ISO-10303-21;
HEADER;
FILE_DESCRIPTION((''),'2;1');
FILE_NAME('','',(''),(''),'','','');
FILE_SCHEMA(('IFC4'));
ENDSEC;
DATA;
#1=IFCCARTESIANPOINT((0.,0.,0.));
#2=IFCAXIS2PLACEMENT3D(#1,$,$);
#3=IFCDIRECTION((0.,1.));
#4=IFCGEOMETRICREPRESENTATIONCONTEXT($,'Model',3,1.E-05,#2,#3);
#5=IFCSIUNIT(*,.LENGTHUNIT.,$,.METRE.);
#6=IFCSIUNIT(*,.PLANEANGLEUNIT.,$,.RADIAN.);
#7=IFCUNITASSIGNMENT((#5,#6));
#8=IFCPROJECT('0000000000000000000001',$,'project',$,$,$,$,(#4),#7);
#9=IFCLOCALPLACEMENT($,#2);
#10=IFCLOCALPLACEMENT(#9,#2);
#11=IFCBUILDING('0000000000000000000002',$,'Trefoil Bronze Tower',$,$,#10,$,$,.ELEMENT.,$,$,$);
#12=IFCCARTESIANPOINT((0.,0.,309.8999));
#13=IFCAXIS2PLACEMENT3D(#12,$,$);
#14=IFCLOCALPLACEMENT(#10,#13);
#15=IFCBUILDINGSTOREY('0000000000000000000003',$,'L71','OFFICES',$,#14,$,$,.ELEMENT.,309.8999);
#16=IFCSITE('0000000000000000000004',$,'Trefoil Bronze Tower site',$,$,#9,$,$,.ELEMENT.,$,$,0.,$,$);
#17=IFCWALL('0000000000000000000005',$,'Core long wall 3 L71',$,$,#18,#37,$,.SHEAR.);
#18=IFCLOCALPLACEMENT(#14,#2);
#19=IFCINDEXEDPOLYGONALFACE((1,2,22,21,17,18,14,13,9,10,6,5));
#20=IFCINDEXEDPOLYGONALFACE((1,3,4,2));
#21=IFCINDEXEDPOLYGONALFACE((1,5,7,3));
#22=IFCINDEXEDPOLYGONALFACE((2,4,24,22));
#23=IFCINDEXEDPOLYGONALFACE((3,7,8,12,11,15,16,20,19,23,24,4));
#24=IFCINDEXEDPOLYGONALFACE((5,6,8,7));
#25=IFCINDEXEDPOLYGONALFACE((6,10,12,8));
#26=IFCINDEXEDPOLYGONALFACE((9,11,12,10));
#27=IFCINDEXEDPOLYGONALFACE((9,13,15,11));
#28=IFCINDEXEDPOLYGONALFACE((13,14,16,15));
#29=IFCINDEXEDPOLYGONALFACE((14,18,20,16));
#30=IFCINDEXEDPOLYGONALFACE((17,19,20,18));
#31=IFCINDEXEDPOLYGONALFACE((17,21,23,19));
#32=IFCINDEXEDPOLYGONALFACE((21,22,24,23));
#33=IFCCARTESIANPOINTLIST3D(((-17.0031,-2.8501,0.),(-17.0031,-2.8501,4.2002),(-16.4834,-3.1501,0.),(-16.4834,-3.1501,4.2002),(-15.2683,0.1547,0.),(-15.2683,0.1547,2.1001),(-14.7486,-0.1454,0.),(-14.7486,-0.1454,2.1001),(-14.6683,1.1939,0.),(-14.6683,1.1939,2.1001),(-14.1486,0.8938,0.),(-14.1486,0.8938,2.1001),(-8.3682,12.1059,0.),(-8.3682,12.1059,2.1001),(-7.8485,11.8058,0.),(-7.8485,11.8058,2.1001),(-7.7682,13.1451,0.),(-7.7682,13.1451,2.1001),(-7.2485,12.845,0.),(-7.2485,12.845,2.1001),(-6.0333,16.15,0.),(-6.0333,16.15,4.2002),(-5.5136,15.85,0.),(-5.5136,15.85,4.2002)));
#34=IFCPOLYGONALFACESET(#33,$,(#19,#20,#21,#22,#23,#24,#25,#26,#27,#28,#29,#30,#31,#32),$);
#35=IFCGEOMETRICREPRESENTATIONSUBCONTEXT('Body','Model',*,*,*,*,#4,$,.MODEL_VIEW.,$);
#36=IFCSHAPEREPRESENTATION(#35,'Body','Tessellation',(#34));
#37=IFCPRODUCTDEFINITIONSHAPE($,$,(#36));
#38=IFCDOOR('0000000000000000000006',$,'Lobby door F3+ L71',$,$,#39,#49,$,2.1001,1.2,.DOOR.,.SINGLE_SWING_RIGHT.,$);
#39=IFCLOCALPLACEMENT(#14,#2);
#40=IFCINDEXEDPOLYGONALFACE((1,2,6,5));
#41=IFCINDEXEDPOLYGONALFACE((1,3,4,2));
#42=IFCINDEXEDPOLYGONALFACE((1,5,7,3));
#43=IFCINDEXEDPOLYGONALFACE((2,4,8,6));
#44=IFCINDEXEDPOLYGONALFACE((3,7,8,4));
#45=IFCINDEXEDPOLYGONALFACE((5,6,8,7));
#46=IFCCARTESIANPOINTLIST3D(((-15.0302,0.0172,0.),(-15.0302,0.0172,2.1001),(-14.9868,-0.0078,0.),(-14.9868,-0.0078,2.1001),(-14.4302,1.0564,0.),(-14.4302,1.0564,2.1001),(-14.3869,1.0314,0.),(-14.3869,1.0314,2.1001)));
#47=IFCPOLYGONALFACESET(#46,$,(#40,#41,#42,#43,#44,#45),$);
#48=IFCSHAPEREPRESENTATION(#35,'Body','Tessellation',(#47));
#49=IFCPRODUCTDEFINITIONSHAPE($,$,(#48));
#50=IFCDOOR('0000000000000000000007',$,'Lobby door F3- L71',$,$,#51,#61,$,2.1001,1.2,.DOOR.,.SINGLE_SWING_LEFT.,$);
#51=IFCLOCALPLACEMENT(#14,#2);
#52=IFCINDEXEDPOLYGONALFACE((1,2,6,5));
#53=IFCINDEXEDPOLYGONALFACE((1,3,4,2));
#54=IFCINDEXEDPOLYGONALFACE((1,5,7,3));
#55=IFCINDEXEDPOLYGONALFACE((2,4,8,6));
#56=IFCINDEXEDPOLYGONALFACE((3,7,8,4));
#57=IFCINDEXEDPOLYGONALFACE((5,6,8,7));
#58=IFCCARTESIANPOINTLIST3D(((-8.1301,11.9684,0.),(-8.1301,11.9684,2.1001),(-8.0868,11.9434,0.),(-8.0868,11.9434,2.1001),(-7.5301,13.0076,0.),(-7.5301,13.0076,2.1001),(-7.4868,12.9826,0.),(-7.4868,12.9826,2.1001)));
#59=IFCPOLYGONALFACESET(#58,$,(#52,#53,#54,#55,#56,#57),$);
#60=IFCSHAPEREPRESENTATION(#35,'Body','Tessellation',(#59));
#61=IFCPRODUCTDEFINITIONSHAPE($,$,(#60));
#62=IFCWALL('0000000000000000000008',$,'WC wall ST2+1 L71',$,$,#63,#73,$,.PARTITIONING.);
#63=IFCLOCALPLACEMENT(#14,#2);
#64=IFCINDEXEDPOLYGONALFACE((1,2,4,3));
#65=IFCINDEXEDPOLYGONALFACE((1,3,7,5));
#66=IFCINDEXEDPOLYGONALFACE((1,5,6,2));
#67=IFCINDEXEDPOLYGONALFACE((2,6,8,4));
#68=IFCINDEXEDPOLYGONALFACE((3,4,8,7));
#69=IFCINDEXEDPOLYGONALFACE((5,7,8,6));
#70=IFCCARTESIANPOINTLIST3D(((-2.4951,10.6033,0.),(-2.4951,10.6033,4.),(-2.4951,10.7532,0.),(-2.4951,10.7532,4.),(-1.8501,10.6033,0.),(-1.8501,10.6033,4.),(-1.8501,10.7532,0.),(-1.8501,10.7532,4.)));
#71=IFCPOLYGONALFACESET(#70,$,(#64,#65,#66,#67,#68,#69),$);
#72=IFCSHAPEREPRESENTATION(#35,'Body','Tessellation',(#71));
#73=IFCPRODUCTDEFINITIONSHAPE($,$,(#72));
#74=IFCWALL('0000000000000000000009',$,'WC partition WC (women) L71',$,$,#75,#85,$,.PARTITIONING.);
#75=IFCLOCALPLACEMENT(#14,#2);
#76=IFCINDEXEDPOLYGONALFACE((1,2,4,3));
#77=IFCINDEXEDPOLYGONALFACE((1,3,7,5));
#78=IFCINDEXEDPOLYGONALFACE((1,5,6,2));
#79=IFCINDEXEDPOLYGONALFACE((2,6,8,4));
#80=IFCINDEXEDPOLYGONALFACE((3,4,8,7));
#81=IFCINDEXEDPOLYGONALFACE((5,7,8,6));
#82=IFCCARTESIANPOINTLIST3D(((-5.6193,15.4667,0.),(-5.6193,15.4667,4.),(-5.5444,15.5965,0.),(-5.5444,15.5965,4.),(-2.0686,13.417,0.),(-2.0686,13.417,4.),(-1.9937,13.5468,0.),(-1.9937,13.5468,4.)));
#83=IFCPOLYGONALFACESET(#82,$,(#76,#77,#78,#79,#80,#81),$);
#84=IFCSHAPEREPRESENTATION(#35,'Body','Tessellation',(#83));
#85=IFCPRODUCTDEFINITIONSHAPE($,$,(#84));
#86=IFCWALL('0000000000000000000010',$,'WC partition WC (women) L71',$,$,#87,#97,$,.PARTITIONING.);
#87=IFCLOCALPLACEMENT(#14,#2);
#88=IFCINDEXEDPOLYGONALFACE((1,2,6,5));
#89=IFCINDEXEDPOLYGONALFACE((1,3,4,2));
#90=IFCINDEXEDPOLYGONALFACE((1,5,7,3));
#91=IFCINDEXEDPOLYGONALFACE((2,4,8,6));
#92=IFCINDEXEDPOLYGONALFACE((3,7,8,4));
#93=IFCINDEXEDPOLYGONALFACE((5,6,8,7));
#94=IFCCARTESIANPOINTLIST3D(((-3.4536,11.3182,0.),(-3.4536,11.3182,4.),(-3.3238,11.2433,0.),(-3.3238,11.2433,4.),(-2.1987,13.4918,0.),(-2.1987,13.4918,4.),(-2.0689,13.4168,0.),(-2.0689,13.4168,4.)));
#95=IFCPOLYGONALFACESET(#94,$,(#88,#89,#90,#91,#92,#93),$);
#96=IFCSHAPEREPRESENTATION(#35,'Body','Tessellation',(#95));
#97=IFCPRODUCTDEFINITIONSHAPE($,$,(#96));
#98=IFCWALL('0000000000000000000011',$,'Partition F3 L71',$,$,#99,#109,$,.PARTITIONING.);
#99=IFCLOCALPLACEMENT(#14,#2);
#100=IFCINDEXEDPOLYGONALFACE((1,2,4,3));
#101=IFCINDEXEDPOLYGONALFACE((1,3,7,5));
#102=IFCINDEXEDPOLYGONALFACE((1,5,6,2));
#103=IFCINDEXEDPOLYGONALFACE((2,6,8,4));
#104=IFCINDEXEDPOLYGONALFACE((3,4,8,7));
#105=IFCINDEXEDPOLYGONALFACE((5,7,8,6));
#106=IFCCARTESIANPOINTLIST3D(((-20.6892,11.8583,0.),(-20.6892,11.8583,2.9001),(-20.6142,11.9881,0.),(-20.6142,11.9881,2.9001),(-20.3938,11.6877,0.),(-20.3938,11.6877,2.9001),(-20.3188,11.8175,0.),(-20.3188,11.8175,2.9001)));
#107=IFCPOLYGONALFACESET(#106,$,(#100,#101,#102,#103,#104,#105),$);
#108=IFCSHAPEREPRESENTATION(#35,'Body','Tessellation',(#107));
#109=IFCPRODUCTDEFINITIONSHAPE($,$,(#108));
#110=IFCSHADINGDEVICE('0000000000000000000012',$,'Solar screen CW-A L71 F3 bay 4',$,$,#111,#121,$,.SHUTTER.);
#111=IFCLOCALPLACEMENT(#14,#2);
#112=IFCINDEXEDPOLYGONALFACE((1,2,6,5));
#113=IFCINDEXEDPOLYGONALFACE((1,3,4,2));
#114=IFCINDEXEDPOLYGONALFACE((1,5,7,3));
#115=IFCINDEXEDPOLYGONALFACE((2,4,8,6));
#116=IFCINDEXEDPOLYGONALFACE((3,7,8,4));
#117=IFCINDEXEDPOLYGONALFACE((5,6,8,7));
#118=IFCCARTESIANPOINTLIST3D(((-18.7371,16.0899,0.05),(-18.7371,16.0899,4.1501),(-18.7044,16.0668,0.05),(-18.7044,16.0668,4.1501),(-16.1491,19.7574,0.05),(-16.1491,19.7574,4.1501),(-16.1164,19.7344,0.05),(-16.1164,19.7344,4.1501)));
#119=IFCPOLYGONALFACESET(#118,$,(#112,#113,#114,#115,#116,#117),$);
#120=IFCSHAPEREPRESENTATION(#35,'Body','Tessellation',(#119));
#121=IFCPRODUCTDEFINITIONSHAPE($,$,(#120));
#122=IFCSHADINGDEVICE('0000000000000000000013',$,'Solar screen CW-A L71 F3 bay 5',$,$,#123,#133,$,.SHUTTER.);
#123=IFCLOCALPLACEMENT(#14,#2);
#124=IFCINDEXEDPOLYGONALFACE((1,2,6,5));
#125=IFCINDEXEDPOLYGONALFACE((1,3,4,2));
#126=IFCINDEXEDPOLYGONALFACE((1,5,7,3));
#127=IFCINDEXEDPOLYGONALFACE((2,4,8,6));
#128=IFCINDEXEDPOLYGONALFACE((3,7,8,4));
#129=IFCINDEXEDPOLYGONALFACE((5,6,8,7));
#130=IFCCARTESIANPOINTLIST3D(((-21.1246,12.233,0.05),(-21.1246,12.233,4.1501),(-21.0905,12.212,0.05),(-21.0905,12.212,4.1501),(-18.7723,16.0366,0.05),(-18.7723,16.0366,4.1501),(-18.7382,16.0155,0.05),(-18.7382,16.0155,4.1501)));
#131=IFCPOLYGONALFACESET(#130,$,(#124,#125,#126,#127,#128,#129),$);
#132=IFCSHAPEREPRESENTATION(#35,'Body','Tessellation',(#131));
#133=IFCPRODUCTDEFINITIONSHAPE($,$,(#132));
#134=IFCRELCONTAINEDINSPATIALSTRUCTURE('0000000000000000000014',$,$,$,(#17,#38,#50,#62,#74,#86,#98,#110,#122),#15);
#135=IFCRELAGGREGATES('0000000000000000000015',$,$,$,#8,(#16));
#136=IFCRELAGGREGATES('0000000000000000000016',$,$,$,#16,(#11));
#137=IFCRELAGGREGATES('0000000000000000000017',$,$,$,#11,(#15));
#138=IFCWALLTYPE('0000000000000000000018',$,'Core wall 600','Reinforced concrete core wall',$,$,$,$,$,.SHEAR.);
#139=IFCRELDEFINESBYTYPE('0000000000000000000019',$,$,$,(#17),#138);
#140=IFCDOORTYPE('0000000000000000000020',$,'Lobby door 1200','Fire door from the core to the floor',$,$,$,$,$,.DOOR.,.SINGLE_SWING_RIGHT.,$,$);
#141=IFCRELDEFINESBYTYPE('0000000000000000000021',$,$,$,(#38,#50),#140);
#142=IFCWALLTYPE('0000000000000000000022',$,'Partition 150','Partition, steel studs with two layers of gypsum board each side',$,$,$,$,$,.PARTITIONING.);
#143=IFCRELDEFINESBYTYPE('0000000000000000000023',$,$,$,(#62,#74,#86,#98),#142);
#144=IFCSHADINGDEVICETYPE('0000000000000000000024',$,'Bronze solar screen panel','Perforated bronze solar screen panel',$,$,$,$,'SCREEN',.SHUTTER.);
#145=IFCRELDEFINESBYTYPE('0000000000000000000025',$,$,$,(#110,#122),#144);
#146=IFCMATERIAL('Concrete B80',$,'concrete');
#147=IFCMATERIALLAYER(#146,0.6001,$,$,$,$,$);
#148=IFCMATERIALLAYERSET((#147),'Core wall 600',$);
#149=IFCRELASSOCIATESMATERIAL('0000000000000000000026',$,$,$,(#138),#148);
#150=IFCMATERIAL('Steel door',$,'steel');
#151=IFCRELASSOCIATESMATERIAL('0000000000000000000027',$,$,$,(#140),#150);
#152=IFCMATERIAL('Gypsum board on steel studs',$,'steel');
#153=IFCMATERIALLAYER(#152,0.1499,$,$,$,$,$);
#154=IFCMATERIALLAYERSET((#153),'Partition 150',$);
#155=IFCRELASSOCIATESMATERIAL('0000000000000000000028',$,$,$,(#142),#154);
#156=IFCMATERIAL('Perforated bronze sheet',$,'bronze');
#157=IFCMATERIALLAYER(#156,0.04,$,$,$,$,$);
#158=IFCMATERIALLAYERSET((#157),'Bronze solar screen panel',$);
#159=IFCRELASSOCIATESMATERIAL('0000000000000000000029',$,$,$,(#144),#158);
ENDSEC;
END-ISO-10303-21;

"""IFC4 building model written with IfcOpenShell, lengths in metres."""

from ifc_helpers import new_model, si_unit, direction, frame, frame_2d, origin, origin_2d, place, context, subcontext, project, spatial, rectangle, extrude, material, layer, layer_set, type_object, element, fill, save


model = new_model("IFC4")

# Units and contexts
model_context = context("Model", 3, precision=1e-05, world=origin(), true_north=direction((0.0, 1.0)))
body_context = subcontext(model_context, "Body", "Model", "MODEL_VIEW")
ifc_project = project(units=[si_unit("LENGTHUNIT", "METRE"), si_unit("PLANEANGLEUNIT", "RADIAN")], contexts=[model_context])

# Site, building, storey
site_placement = place(None, origin())
site = spatial("IfcSite", under=ifc_project, at=site_placement, Name="Trefoil Bronze Tower site", CompositionType="ELEMENT", RefElevation=0.0)
building_placement = place(site_placement, origin())
building = spatial("IfcBuilding", under=site, at=building_placement, Name="Trefoil Bronze Tower", CompositionType="ELEMENT")
storey_placement = place(building_placement, frame((0.0, 0.0, 309.8999)))
storey = spatial("IfcBuildingStorey", under=building, at=storey_placement, Name="L71", Description="OFFICES", CompositionType="ELEMENT", Elevation=309.8999)

# Wall, openings, doors
ifc_material_1 = material(Name="Concrete B80", Category="concrete")
ifc_layer_1 = layer(ifc_material_1, 0.6001)
ifc_layer_set_1 = layer_set([ifc_layer_1], Name="Core wall 600")
wall_type_1 = type_object("IfcWallType", Name="Core wall 600", Description="Reinforced concrete core wall", PredefinedType="SHEAR", material=ifc_layer_set_1)
wall_1_placement = place(storey_placement, frame((-5.7734, 16.0, 0.0), z_axis=(0.0, 0.0, 1.0), x_axis=(-0.500002, -0.866024, 0.0)))
wall_1 = element("IfcWall", 1, at=wall_1_placement, inside=storey, type_object=wall_type_1, Name="Core long wall 3 L71", PredefinedType="SHEAR", context=body_context, shape_type="SweptSolid", body=[
    extrude(rectangle(XDim=21.9395, YDim=0.6001, at=frame_2d((10.9697, 0.0))), origin(), (0.0, 0.0, 1.0), 4.2002),
])
opening_1_placement = place(wall_1_placement, frame((17.2698, 0.0, 0.0)))
opening_1 = element("IfcOpeningElement", 2, at=opening_1_placement, cuts=wall_1, PredefinedType="OPENING", context=body_context, shape_type="SweptSolid", body=[
    extrude(rectangle(XDim=1.2, YDim=2.1001, at=frame_2d((0.6001, 1.05))), frame((0.0, 0.3101, 0.0), z_axis=(0.0, -1.0, 0.0), x_axis=(1.0, 0.0, 0.0)), (0.0, 0.0, 1.0), 0.6201),
])
opening_2_placement = place(wall_1_placement, frame((3.4697, 0.0, 0.0)))
opening_2 = element("IfcOpeningElement", 3, at=opening_2_placement, cuts=wall_1, PredefinedType="OPENING", context=body_context, shape_type="SweptSolid", body=[
    extrude(rectangle(XDim=1.2, YDim=2.1001, at=frame_2d((0.6001, 1.05))), frame((0.0, 0.3101, 0.0), z_axis=(0.0, -1.0, 0.0), x_axis=(1.0, 0.0, 0.0)), (0.0, 0.0, 1.0), 0.6201),
])
ifc_material_2 = material(Name="Steel door", Category="steel")
door_type = type_object("IfcDoorType", Name="Lobby door 1200", Description="Fire door from the core to the floor", OperationType="SINGLE_SWING_RIGHT", PredefinedType="DOOR", material=ifc_material_2)
door_1_placement = place(opening_1_placement, origin())
door_1 = element("IfcDoor", 4, at=door_1_placement, inside=storey, type_object=door_type, Name="Lobby door F3+ L71", OperationType="SINGLE_SWING_RIGHT", OverallHeight=2.1001, OverallWidth=1.2, PredefinedType="DOOR", context=body_context, shape_type="SweptSolid", body=[
    extrude(rectangle(XDim=1.2, YDim=2.1001, at=frame_2d((0.6001, 1.05))), frame((0.0, 0.0249, 0.0), z_axis=(0.0, -1.0, 0.0), x_axis=(1.0, 0.0, 0.0)), (0.0, 0.0, 1.0), 0.05),
])
fill(opening_1, door_1)
door_2_placement = place(opening_2_placement, origin())
door_2 = element("IfcDoor", 5, at=door_2_placement, inside=storey, type_object=door_type, Name="Lobby door F3- L71", OperationType="SINGLE_SWING_LEFT", OverallHeight=2.1001, OverallWidth=1.2, PredefinedType="DOOR", context=body_context, shape_type="SweptSolid", body=[
    extrude(rectangle(XDim=1.2, YDim=2.1001, at=frame_2d((0.6001, 1.05))), frame((0.0, 0.0249, 0.0), z_axis=(0.0, -1.0, 0.0), x_axis=(1.0, 0.0, 0.0)), (0.0, 0.0, 1.0), 0.05),
])
fill(opening_2, door_2)

# Walls
ifc_material_3 = material(Name="Gypsum board on steel studs", Category="steel")
ifc_layer_2 = layer(ifc_material_3, 0.1499)
ifc_layer_set_2 = layer_set([ifc_layer_2], Name="Partition 150")
wall_type_2 = type_object("IfcWallType", Name="Partition 150", Description="Partition, steel studs with two layers of gypsum board each side", PredefinedType="PARTITIONING", material=ifc_layer_set_2)
wall_2_placement = place(storey_placement, frame((-2.4951, 10.6782, 0.0), z_axis=(0.0, 0.0, 1.0), x_axis=(1.0, 0.0, 0.0)))
element("IfcWall", 6, at=wall_2_placement, inside=storey, type_object=wall_type_2, Name="WC wall ST2+1 L71", PredefinedType="PARTITIONING", context=body_context, shape_type="SweptSolid", body=[
    extrude(rectangle(XDim=0.645, YDim=0.1499, at=frame_2d((0.3225, 0.0))), origin(), (0.0, 0.0, 1.0), 4.0),
])
wall_3_placement = place(storey_placement, frame((-2.0312, 13.4819, 0.0), z_axis=(0.0, 0.0, 1.0), x_axis=(-0.866051, 0.499956, 0.0)))
element("IfcWall", 7, at=wall_3_placement, inside=storey, type_object=wall_type_2, Name="WC partition WC (women) L71", PredefinedType="PARTITIONING", context=body_context, shape_type="SweptSolid", body=[
    extrude(rectangle(XDim=4.0999, YDim=0.1499, at=frame_2d((2.0498, 0.0))), origin(), (0.0, 0.0, 1.0), 4.0),
])
wall_4_placement = place(storey_placement, frame((-3.3887, 11.2808, 0.0), z_axis=(0.0, 0.0, 1.0), x_axis=(0.499989, 0.866032, 0.0)))
element("IfcWall", 8, at=wall_4_placement, inside=storey, type_object=wall_type_2, Name="WC partition WC (women) L71", PredefinedType="PARTITIONING", context=body_context, shape_type="SweptSolid", body=[
    extrude(rectangle(XDim=2.5098, YDim=0.1499, at=frame_2d((1.2549, 0.0))), origin(), (0.0, 0.0, 1.0), 4.0),
])
wall_5_placement = place(storey_placement, frame((-20.3564, 11.7527, 0.0), z_axis=(0.0, 0.0, 1.0), x_axis=(-0.8659, 0.500218, 0.0)))
element("IfcWall", 9, at=wall_5_placement, inside=storey, type_object=wall_type_2, Name="Partition F3 L71", PredefinedType="PARTITIONING", context=body_context, shape_type="SweptSolid", body=[
    extrude(rectangle(XDim=0.3411, YDim=0.1499, at=frame_2d((0.1704, 0.0))), origin(), (0.0, 0.0, 1.0), 2.9001),
])

# Shading devices
ifc_material_4 = material(Name="Perforated bronze sheet", Category="bronze")
ifc_layer_3 = layer(ifc_material_4, 0.04)
ifc_layer_set_3 = layer_set([ifc_layer_3], Name="Bronze solar screen panel")
shading_device_type = type_object("IfcShadingDeviceType", Name="Bronze solar screen panel", Description="Perforated bronze solar screen panel", ElementType="SCREEN", PredefinedType="SHUTTER", material=ifc_layer_set_3)
shading_device_1_placement = place(storey_placement, frame((-17.4268, 17.9121, 0.05), z_axis=(0.0, 0.0, 1.0), x_axis=(-0.576561, -0.817054, 0.0)))
element("IfcShadingDevice", 10, at=shading_device_1_placement, inside=storey, type_object=shading_device_type, Name="Solar screen CW-A L71 F3 bay 4", PredefinedType="SHUTTER", context=body_context, shape_type="SweptSolid", body=[
    extrude(rectangle(XDim=4.4888, YDim=0.04, at=origin_2d()), origin(), (0.0, 0.0, 1.0), 4.1001),
])
shading_device_2_placement = place(storey_placement, frame((-19.9314, 14.1243, 0.05), z_axis=(0.0, 0.0, 1.0), x_axis=(-0.52598, -0.850497, 0.0)))
element("IfcShadingDevice", 11, at=shading_device_2_placement, inside=storey, type_object=shading_device_type, Name="Solar screen CW-A L71 F3 bay 5", PredefinedType="SHUTTER", context=body_context, shape_type="SweptSolid", body=[
    extrude(rectangle(XDim=4.4722, YDim=0.04, at=origin_2d()), origin(), (0.0, 0.0, 1.0), 4.1001),
])

save(model, "model.ifc")
